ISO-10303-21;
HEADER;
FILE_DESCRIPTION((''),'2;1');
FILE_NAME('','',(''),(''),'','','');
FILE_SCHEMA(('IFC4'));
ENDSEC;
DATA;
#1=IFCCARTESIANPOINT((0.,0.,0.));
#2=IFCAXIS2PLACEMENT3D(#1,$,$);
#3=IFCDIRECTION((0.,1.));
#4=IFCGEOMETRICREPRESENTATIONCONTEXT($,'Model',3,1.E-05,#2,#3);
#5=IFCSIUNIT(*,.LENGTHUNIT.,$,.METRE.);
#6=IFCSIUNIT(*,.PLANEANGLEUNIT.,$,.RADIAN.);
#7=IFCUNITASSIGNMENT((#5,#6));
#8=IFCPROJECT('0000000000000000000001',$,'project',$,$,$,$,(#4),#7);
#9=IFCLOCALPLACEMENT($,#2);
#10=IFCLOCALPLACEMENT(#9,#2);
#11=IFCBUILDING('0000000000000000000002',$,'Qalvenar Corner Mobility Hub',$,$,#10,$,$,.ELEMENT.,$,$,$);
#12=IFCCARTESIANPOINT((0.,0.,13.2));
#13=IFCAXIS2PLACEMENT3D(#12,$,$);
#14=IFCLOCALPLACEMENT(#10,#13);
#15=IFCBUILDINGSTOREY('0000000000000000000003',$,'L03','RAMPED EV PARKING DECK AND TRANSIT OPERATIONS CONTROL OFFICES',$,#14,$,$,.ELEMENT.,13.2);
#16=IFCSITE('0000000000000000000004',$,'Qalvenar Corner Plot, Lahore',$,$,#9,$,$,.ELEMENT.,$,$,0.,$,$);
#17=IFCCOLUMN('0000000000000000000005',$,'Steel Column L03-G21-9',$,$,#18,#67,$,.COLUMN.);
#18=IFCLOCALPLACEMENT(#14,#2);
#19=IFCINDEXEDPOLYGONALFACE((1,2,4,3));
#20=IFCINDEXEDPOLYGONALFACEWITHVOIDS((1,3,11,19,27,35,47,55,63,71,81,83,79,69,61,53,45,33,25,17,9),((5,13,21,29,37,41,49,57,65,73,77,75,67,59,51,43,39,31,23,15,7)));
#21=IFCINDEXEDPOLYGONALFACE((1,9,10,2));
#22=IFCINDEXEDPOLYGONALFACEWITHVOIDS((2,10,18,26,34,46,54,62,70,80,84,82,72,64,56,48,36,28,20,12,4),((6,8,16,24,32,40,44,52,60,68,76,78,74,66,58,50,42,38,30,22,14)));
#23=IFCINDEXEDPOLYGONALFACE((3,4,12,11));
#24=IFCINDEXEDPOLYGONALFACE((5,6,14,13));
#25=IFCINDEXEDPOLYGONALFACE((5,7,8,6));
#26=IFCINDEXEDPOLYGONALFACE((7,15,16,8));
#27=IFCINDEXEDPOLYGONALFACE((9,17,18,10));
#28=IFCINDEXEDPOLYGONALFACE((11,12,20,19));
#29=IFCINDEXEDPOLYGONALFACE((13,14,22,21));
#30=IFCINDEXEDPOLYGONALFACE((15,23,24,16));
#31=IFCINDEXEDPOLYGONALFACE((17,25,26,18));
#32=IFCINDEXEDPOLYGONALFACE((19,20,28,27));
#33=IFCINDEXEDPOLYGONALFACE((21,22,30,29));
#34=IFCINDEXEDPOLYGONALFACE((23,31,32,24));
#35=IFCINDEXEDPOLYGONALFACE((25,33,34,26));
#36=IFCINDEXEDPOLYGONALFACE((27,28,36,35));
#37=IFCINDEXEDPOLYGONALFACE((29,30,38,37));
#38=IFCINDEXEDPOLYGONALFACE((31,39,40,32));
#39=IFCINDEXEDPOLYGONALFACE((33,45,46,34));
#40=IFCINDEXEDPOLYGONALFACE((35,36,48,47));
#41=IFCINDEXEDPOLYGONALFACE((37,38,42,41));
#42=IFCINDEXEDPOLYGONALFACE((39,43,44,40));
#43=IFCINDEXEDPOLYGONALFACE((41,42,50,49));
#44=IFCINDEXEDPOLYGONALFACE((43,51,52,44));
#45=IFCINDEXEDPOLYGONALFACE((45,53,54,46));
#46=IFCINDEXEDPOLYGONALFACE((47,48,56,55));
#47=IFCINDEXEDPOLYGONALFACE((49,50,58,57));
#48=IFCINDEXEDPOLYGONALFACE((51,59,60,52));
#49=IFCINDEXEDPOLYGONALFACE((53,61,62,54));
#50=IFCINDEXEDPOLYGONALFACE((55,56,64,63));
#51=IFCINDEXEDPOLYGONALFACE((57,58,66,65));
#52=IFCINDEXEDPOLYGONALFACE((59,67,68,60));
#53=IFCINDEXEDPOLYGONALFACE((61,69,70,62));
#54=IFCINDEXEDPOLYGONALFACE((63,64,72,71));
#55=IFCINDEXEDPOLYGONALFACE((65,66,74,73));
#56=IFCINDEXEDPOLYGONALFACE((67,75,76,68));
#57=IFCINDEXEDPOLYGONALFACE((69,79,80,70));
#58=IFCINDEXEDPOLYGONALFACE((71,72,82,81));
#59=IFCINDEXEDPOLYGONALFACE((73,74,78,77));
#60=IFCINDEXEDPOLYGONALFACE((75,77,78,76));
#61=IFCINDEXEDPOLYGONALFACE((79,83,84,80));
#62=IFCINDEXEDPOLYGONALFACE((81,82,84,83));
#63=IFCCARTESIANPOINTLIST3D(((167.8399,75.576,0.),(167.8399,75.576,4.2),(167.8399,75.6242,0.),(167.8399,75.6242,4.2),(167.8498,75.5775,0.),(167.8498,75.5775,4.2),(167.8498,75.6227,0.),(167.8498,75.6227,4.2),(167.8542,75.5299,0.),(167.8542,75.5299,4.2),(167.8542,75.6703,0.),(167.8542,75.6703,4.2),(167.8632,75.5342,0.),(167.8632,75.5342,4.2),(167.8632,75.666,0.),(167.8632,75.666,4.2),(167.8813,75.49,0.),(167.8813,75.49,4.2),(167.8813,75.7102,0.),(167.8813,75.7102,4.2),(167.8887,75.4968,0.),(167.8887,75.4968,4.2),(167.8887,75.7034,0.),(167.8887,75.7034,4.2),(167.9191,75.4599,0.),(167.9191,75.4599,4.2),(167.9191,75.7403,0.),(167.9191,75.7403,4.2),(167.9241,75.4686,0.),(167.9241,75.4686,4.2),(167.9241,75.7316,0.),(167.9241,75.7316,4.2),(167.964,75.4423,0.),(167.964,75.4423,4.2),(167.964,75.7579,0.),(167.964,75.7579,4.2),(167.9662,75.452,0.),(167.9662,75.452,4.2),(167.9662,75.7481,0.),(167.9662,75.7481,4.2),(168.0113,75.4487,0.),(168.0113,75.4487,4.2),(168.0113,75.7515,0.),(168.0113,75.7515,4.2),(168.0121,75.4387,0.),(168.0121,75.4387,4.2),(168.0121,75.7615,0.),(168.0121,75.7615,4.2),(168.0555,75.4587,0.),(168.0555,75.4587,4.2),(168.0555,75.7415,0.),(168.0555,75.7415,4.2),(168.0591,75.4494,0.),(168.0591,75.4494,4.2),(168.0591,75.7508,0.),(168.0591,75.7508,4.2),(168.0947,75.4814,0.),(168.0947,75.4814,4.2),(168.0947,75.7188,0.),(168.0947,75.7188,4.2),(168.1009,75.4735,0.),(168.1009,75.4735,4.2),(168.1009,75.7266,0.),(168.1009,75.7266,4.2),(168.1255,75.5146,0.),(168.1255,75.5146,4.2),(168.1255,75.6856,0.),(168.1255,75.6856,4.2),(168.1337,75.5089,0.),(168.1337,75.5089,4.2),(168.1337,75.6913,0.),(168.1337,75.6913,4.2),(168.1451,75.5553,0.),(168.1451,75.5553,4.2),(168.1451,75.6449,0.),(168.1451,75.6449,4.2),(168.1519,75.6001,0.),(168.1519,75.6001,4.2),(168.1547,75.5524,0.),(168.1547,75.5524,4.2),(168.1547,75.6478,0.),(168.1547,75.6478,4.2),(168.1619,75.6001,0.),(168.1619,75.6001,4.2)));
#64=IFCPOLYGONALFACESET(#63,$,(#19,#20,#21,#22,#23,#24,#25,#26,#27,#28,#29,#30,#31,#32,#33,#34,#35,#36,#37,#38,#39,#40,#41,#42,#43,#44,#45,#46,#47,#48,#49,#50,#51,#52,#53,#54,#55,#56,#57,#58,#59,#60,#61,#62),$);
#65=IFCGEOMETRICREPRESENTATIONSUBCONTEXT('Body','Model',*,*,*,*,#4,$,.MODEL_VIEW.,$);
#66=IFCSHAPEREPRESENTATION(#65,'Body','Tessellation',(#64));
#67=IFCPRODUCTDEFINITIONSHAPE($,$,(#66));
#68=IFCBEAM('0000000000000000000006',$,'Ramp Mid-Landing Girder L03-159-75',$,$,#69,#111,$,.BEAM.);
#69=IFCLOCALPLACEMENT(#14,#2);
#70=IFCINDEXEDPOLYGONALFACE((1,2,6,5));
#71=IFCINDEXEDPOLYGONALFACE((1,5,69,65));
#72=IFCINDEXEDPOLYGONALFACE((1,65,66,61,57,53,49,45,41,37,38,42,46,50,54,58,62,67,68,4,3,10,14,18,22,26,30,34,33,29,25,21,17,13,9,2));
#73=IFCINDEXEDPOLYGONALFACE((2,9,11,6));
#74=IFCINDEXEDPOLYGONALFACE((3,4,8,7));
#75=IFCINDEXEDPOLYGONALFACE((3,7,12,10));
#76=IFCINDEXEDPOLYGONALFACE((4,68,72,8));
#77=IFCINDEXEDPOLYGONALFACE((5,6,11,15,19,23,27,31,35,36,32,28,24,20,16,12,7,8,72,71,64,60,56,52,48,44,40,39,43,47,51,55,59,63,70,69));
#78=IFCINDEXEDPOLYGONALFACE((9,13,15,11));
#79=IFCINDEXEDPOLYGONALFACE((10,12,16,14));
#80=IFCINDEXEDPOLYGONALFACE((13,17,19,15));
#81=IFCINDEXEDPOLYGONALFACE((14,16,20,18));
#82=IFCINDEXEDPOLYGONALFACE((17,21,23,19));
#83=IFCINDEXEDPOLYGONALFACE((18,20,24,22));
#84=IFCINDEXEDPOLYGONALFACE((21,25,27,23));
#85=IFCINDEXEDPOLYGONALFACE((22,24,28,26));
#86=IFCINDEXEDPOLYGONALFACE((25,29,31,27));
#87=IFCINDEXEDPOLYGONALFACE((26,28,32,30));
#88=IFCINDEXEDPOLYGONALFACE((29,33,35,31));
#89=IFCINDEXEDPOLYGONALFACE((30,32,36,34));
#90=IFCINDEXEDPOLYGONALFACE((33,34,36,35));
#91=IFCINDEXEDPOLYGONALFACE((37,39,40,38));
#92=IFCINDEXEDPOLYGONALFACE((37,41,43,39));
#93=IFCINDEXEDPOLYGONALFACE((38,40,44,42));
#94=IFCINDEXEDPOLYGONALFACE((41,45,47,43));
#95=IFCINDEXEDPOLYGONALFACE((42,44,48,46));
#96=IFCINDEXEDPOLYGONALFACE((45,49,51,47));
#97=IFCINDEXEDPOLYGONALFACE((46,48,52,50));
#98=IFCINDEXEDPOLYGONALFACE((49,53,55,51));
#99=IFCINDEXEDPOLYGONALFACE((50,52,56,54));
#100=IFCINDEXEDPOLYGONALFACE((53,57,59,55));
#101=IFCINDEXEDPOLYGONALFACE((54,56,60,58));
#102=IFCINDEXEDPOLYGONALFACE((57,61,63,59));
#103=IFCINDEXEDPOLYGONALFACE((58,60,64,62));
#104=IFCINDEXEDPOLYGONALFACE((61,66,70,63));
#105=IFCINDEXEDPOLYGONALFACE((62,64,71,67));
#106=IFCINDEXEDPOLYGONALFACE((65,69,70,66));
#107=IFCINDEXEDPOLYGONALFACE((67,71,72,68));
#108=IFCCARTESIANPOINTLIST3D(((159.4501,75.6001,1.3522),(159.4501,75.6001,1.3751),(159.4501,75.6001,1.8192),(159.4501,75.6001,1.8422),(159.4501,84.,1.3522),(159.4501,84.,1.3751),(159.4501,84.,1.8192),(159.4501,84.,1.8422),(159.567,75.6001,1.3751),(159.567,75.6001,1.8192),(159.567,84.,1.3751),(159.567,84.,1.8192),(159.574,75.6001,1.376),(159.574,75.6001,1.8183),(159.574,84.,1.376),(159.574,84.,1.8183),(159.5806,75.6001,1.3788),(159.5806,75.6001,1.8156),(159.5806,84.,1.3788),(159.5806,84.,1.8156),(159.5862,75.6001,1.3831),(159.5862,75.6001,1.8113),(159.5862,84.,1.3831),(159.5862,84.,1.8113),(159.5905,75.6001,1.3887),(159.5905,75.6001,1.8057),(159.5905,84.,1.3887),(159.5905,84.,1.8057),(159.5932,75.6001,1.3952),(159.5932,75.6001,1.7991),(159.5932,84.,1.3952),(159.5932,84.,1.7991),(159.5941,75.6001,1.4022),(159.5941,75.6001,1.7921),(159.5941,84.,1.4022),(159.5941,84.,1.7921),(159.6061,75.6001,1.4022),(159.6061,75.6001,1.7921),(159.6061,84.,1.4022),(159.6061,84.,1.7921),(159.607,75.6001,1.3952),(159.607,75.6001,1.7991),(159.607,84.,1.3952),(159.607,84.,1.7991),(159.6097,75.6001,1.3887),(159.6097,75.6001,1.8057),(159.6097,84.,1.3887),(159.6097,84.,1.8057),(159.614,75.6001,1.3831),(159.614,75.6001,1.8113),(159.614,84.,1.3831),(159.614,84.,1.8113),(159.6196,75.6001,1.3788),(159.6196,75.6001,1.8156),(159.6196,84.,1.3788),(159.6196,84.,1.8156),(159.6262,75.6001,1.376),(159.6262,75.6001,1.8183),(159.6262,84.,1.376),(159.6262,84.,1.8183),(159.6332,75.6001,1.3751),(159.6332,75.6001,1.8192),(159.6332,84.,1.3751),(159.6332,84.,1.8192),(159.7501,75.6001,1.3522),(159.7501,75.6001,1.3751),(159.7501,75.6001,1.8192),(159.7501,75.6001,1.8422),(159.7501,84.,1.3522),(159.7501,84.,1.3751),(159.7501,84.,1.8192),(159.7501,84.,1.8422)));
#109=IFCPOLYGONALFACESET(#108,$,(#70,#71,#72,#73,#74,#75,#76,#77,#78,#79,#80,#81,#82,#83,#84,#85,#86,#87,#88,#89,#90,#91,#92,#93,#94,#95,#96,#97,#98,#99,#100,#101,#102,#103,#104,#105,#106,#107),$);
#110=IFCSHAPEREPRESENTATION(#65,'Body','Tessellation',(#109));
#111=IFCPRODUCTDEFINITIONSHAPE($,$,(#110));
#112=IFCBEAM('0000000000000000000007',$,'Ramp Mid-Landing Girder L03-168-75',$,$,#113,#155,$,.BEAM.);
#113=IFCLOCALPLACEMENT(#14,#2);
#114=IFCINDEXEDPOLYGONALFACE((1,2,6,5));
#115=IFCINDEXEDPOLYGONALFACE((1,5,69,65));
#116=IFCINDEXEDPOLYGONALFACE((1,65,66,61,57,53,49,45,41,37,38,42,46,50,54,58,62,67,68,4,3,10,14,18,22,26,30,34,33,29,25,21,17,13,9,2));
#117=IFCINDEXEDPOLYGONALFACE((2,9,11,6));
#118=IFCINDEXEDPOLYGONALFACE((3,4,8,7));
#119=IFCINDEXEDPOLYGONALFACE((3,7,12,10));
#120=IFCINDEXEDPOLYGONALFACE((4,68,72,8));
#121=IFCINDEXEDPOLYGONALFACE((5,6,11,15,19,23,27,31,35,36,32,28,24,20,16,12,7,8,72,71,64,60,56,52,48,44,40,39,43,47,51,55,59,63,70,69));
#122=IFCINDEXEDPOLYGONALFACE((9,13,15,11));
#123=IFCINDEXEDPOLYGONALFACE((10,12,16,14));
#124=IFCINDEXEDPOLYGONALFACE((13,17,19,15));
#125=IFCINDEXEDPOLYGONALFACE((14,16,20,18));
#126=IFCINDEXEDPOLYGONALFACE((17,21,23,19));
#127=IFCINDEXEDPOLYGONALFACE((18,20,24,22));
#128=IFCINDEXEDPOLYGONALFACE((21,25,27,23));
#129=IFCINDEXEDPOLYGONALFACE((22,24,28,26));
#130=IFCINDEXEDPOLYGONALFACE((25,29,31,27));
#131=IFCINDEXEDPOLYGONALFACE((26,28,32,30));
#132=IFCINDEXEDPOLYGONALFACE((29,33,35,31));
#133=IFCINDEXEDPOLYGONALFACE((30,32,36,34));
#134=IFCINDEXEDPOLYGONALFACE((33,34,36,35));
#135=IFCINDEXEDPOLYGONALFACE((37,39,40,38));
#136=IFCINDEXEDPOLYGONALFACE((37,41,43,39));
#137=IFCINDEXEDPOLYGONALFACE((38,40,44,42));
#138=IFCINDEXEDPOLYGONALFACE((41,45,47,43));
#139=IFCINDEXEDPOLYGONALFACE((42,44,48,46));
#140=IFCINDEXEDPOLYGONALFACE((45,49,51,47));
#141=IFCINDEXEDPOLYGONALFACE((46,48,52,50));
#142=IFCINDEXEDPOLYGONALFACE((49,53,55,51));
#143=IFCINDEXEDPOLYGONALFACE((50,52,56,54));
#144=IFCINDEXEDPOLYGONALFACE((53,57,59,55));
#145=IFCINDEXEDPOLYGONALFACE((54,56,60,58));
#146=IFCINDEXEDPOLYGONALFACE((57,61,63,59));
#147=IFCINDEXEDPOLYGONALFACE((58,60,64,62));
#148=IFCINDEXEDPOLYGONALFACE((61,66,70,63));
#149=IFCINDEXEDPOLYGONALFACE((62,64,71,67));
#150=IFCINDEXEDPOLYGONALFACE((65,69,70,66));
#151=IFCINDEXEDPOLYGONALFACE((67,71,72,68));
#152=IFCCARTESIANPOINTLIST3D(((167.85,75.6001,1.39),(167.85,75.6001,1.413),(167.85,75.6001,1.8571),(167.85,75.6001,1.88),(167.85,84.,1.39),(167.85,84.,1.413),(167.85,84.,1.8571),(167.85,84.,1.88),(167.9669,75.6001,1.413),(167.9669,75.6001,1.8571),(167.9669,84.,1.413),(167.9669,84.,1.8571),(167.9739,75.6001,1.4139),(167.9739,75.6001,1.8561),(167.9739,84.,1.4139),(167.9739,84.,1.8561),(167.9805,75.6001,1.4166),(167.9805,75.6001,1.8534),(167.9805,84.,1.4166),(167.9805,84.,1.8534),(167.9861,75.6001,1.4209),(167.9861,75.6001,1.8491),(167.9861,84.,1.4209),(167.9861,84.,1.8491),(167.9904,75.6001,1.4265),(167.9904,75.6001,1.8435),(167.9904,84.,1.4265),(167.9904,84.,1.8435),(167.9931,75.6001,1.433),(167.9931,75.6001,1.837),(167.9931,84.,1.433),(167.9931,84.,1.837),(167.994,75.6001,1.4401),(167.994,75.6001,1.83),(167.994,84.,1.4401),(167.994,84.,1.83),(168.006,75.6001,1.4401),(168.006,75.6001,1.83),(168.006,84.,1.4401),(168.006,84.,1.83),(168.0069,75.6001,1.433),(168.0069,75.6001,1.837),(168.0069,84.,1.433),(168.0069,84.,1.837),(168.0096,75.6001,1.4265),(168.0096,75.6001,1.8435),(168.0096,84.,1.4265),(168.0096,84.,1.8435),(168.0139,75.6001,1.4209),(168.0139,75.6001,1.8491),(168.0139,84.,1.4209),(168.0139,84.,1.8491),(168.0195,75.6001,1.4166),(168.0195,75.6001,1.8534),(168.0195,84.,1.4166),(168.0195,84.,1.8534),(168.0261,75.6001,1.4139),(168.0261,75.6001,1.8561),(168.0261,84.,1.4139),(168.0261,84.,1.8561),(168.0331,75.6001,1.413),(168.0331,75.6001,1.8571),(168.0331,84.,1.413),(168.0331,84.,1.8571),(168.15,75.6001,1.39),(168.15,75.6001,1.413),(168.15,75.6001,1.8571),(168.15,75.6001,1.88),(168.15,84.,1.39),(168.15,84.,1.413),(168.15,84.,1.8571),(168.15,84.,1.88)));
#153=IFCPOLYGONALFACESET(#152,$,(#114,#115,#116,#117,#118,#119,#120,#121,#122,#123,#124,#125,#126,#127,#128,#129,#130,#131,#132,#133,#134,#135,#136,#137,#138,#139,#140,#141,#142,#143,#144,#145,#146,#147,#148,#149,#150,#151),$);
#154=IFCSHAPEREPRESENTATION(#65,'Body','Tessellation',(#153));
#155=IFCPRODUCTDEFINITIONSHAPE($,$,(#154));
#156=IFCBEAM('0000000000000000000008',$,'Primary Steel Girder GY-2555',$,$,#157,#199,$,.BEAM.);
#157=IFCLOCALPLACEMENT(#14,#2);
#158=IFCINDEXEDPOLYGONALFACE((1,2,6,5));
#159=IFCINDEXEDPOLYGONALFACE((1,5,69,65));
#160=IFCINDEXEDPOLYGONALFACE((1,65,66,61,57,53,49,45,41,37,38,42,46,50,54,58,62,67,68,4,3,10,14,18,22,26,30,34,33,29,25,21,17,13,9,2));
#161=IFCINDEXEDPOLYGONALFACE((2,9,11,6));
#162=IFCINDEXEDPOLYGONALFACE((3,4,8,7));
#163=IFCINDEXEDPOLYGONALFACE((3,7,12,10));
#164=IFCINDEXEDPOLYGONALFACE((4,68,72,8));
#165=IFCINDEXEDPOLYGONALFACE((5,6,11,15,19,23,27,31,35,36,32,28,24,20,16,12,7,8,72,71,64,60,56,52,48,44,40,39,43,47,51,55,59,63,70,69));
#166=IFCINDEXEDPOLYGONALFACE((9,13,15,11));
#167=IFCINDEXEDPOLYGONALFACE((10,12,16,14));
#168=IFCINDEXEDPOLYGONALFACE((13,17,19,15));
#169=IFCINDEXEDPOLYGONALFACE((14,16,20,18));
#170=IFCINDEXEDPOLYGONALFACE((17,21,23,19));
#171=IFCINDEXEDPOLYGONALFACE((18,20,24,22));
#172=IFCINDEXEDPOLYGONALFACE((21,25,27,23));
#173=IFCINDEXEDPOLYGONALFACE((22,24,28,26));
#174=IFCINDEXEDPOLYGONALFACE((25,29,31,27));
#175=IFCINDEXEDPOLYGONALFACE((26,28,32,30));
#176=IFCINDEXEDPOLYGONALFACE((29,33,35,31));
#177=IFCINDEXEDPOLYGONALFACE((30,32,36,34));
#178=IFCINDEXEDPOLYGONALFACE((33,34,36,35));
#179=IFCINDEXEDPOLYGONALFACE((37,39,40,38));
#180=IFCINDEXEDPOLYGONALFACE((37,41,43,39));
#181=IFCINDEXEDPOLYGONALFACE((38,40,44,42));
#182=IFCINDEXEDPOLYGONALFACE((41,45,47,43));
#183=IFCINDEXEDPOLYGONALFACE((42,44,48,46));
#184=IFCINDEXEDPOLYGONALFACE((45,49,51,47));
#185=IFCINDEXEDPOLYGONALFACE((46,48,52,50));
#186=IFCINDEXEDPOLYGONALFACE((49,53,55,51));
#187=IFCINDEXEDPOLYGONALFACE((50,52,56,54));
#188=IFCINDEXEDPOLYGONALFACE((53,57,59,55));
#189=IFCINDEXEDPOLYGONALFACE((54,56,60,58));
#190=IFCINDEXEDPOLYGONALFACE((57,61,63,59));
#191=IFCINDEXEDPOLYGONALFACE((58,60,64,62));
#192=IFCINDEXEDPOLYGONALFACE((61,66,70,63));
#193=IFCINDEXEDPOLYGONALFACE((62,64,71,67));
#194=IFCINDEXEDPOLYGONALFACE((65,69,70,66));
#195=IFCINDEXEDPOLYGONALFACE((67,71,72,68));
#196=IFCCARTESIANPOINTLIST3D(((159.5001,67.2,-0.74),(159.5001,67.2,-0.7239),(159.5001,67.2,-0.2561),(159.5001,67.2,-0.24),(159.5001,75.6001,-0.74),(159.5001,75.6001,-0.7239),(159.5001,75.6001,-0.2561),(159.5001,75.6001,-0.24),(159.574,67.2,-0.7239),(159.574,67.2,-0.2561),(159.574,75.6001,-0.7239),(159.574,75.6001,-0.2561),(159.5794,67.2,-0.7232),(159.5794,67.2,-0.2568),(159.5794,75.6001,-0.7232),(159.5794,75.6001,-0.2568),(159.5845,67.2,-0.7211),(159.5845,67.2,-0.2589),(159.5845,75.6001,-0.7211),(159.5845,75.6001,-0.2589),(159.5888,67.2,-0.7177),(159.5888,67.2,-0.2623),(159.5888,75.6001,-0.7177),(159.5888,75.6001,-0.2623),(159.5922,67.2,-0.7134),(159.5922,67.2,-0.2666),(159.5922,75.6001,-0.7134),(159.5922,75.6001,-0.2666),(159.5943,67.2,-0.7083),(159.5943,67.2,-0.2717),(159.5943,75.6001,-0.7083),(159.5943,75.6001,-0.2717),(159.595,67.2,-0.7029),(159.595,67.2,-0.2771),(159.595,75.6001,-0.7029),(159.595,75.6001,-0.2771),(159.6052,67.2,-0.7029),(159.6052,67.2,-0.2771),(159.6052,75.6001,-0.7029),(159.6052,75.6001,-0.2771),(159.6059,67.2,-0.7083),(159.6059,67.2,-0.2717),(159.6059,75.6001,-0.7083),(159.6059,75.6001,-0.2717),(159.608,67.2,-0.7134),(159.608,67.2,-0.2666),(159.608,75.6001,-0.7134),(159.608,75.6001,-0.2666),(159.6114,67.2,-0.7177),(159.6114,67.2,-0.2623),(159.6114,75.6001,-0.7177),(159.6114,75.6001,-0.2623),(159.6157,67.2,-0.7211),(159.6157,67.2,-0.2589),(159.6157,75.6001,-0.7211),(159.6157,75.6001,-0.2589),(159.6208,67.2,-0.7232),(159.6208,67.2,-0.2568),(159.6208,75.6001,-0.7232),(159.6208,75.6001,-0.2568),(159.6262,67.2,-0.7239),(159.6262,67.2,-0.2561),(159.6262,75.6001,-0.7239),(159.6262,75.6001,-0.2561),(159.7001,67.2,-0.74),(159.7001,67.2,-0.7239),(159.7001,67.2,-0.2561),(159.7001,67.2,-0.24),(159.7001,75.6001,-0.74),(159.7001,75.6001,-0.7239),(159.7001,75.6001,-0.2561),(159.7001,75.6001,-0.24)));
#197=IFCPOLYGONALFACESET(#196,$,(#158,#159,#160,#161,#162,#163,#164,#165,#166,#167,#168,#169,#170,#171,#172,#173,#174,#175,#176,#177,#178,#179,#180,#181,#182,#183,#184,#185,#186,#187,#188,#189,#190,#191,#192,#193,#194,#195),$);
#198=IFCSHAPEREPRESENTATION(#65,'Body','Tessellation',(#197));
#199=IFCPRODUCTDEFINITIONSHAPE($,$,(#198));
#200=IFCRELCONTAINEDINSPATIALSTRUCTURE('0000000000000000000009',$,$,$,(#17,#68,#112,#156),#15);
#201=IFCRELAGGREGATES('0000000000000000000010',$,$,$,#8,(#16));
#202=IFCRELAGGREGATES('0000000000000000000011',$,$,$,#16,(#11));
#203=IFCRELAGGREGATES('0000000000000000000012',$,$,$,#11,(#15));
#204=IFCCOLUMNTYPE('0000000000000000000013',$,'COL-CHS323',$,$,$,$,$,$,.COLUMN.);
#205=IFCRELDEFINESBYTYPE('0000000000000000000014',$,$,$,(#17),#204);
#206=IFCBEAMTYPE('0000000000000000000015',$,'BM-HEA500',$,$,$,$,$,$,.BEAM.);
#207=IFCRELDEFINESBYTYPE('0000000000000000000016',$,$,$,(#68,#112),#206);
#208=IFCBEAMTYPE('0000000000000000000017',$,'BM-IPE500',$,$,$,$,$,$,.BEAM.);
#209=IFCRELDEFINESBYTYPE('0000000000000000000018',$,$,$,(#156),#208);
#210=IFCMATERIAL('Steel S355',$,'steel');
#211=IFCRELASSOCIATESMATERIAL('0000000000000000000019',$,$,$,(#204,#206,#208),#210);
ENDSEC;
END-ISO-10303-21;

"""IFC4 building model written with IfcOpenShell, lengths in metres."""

from ifc_helpers import new_model, si_unit, direction, frame, origin, origin_2d, place, context, subcontext, project, spatial, hollow_circle, i_section, extrude, material, material_profile, profile_set, type_object, element, save


model = new_model("IFC4")

# Units and contexts
model_context = context("Model", 3, precision=1e-05, world=origin(), true_north=direction((0.0, 1.0)))
body_context = subcontext(model_context, "Body", "Model", "MODEL_VIEW")
ifc_project = project(units=[si_unit("LENGTHUNIT", "METRE"), si_unit("PLANEANGLEUNIT", "RADIAN")], contexts=[model_context])

# Site, building, storey
site_placement = place(None, origin())
site = spatial("IfcSite", under=ifc_project, at=site_placement, Name="Qalvenar Corner Plot, Lahore", CompositionType="ELEMENT", RefElevation=0.0)
building_placement = place(site_placement, origin())
building = spatial("IfcBuilding", under=site, at=building_placement, Name="Qalvenar Corner Mobility Hub", CompositionType="ELEMENT")
storey_placement = place(building_placement, frame((0.0, 0.0, 13.2)))
storey = spatial("IfcBuildingStorey", under=building, at=storey_placement, Name="L03", Description="RAMPED EV PARKING DECK AND TRANSIT OPERATIONS CONTROL OFFICES", CompositionType="ELEMENT", Elevation=13.2)

# Column
ifc_material_1 = material(Name="Steel S355", Category="steel")
ifc_material_profile_1 = material_profile(ifc_material_1, hollow_circle(Radius=0.1619, WallThickness=0.01, at=origin_2d()), Name="CHS323.9x10")
ifc_profile_set_1 = profile_set([ifc_material_profile_1], Name="Steel S355")
column_type = type_object("IfcColumnType", Name="COL-CHS323", PredefinedType="COLUMN", material=ifc_profile_set_1)
for number, where, z_axis, x_axis, name in (
    (1, (168.0, 75.6001, 0.0), (0.0, 0.0, 1.0), (1.0, 0.0, 0.0), "Steel Column L03-G21-9"),
):
    element("IfcColumn", number, at=place(storey_placement, frame(where, z_axis=z_axis, x_axis=x_axis)), inside=storey, type_object=column_type, Name=name, PredefinedType="COLUMN", context=body_context, shape_type="SweptSolid", body=[
        extrude(hollow_circle(Radius=0.1619, WallThickness=0.01, at=origin_2d()), origin(), (0.0, 0.0, 1.0), 4.2),
    ])

# Beams
ifc_material_profile_2 = material_profile(ifc_material_1, i_section(OverallWidth=0.3, OverallDepth=0.49, WebThickness=0.012, FlangeThickness=0.0229, FilletRadius=0.0271, at=origin_2d()), Name="HEA500")
ifc_profile_set_2 = profile_set([ifc_material_profile_2], Name="Steel S355")
beam_type_1 = type_object("IfcBeamType", Name="BM-HEA500", PredefinedType="BEAM", material=ifc_profile_set_2)
for number, where, z_axis, x_axis, name in (
    (2, (159.6001, 75.6001, 1.5972), (0.0, 1.0, 0.0), (-1.0, 0.0, 0.0), "Ramp Mid-Landing Girder L03-159-75"),
    (3, (168.0, 75.6001, 1.635), (0.0, 1.0, 0.0), (-1.0, 0.0, 0.0), "Ramp Mid-Landing Girder L03-168-75"),
):
    element("IfcBeam", number, at=place(storey_placement, frame(where, z_axis=z_axis, x_axis=x_axis)), inside=storey, type_object=beam_type_1, Name=name, PredefinedType="BEAM", context=body_context, shape_type="SweptSolid", body=[
        extrude(i_section(OverallWidth=0.3, OverallDepth=0.49, WebThickness=0.012, FlangeThickness=0.0229, FilletRadius=0.0271, at=origin_2d()), origin(), (0.0, 0.0, 1.0), 8.3999),
    ])
ifc_material_profile_3 = material_profile(ifc_material_1, i_section(OverallWidth=0.2, OverallDepth=0.5, WebThickness=0.0103, FlangeThickness=0.0161, FilletRadius=0.021, at=origin_2d()), Name="IPE500")
ifc_profile_set_3 = profile_set([ifc_material_profile_3], Name="Steel S355")
beam_type_2 = type_object("IfcBeamType", Name="BM-IPE500", PredefinedType="BEAM", material=ifc_profile_set_3)
beam_1_placement = place(storey_placement, frame((159.6001, 67.2, -0.49), z_axis=(0.0, 1.0, 0.0), x_axis=(-1.0, 0.0, 0.0)))
element("IfcBeam", 4, at=beam_1_placement, inside=storey, type_object=beam_type_2, Name="Primary Steel Girder GY-2555", PredefinedType="BEAM", context=body_context, shape_type="SweptSolid", body=[
    extrude(i_section(OverallWidth=0.2, OverallDepth=0.5, WebThickness=0.0103, FlangeThickness=0.0161, FilletRadius=0.021, at=origin_2d()), origin(), (0.0, 0.0, 1.0), 8.4001),
])

save(model, "model.ifc")
